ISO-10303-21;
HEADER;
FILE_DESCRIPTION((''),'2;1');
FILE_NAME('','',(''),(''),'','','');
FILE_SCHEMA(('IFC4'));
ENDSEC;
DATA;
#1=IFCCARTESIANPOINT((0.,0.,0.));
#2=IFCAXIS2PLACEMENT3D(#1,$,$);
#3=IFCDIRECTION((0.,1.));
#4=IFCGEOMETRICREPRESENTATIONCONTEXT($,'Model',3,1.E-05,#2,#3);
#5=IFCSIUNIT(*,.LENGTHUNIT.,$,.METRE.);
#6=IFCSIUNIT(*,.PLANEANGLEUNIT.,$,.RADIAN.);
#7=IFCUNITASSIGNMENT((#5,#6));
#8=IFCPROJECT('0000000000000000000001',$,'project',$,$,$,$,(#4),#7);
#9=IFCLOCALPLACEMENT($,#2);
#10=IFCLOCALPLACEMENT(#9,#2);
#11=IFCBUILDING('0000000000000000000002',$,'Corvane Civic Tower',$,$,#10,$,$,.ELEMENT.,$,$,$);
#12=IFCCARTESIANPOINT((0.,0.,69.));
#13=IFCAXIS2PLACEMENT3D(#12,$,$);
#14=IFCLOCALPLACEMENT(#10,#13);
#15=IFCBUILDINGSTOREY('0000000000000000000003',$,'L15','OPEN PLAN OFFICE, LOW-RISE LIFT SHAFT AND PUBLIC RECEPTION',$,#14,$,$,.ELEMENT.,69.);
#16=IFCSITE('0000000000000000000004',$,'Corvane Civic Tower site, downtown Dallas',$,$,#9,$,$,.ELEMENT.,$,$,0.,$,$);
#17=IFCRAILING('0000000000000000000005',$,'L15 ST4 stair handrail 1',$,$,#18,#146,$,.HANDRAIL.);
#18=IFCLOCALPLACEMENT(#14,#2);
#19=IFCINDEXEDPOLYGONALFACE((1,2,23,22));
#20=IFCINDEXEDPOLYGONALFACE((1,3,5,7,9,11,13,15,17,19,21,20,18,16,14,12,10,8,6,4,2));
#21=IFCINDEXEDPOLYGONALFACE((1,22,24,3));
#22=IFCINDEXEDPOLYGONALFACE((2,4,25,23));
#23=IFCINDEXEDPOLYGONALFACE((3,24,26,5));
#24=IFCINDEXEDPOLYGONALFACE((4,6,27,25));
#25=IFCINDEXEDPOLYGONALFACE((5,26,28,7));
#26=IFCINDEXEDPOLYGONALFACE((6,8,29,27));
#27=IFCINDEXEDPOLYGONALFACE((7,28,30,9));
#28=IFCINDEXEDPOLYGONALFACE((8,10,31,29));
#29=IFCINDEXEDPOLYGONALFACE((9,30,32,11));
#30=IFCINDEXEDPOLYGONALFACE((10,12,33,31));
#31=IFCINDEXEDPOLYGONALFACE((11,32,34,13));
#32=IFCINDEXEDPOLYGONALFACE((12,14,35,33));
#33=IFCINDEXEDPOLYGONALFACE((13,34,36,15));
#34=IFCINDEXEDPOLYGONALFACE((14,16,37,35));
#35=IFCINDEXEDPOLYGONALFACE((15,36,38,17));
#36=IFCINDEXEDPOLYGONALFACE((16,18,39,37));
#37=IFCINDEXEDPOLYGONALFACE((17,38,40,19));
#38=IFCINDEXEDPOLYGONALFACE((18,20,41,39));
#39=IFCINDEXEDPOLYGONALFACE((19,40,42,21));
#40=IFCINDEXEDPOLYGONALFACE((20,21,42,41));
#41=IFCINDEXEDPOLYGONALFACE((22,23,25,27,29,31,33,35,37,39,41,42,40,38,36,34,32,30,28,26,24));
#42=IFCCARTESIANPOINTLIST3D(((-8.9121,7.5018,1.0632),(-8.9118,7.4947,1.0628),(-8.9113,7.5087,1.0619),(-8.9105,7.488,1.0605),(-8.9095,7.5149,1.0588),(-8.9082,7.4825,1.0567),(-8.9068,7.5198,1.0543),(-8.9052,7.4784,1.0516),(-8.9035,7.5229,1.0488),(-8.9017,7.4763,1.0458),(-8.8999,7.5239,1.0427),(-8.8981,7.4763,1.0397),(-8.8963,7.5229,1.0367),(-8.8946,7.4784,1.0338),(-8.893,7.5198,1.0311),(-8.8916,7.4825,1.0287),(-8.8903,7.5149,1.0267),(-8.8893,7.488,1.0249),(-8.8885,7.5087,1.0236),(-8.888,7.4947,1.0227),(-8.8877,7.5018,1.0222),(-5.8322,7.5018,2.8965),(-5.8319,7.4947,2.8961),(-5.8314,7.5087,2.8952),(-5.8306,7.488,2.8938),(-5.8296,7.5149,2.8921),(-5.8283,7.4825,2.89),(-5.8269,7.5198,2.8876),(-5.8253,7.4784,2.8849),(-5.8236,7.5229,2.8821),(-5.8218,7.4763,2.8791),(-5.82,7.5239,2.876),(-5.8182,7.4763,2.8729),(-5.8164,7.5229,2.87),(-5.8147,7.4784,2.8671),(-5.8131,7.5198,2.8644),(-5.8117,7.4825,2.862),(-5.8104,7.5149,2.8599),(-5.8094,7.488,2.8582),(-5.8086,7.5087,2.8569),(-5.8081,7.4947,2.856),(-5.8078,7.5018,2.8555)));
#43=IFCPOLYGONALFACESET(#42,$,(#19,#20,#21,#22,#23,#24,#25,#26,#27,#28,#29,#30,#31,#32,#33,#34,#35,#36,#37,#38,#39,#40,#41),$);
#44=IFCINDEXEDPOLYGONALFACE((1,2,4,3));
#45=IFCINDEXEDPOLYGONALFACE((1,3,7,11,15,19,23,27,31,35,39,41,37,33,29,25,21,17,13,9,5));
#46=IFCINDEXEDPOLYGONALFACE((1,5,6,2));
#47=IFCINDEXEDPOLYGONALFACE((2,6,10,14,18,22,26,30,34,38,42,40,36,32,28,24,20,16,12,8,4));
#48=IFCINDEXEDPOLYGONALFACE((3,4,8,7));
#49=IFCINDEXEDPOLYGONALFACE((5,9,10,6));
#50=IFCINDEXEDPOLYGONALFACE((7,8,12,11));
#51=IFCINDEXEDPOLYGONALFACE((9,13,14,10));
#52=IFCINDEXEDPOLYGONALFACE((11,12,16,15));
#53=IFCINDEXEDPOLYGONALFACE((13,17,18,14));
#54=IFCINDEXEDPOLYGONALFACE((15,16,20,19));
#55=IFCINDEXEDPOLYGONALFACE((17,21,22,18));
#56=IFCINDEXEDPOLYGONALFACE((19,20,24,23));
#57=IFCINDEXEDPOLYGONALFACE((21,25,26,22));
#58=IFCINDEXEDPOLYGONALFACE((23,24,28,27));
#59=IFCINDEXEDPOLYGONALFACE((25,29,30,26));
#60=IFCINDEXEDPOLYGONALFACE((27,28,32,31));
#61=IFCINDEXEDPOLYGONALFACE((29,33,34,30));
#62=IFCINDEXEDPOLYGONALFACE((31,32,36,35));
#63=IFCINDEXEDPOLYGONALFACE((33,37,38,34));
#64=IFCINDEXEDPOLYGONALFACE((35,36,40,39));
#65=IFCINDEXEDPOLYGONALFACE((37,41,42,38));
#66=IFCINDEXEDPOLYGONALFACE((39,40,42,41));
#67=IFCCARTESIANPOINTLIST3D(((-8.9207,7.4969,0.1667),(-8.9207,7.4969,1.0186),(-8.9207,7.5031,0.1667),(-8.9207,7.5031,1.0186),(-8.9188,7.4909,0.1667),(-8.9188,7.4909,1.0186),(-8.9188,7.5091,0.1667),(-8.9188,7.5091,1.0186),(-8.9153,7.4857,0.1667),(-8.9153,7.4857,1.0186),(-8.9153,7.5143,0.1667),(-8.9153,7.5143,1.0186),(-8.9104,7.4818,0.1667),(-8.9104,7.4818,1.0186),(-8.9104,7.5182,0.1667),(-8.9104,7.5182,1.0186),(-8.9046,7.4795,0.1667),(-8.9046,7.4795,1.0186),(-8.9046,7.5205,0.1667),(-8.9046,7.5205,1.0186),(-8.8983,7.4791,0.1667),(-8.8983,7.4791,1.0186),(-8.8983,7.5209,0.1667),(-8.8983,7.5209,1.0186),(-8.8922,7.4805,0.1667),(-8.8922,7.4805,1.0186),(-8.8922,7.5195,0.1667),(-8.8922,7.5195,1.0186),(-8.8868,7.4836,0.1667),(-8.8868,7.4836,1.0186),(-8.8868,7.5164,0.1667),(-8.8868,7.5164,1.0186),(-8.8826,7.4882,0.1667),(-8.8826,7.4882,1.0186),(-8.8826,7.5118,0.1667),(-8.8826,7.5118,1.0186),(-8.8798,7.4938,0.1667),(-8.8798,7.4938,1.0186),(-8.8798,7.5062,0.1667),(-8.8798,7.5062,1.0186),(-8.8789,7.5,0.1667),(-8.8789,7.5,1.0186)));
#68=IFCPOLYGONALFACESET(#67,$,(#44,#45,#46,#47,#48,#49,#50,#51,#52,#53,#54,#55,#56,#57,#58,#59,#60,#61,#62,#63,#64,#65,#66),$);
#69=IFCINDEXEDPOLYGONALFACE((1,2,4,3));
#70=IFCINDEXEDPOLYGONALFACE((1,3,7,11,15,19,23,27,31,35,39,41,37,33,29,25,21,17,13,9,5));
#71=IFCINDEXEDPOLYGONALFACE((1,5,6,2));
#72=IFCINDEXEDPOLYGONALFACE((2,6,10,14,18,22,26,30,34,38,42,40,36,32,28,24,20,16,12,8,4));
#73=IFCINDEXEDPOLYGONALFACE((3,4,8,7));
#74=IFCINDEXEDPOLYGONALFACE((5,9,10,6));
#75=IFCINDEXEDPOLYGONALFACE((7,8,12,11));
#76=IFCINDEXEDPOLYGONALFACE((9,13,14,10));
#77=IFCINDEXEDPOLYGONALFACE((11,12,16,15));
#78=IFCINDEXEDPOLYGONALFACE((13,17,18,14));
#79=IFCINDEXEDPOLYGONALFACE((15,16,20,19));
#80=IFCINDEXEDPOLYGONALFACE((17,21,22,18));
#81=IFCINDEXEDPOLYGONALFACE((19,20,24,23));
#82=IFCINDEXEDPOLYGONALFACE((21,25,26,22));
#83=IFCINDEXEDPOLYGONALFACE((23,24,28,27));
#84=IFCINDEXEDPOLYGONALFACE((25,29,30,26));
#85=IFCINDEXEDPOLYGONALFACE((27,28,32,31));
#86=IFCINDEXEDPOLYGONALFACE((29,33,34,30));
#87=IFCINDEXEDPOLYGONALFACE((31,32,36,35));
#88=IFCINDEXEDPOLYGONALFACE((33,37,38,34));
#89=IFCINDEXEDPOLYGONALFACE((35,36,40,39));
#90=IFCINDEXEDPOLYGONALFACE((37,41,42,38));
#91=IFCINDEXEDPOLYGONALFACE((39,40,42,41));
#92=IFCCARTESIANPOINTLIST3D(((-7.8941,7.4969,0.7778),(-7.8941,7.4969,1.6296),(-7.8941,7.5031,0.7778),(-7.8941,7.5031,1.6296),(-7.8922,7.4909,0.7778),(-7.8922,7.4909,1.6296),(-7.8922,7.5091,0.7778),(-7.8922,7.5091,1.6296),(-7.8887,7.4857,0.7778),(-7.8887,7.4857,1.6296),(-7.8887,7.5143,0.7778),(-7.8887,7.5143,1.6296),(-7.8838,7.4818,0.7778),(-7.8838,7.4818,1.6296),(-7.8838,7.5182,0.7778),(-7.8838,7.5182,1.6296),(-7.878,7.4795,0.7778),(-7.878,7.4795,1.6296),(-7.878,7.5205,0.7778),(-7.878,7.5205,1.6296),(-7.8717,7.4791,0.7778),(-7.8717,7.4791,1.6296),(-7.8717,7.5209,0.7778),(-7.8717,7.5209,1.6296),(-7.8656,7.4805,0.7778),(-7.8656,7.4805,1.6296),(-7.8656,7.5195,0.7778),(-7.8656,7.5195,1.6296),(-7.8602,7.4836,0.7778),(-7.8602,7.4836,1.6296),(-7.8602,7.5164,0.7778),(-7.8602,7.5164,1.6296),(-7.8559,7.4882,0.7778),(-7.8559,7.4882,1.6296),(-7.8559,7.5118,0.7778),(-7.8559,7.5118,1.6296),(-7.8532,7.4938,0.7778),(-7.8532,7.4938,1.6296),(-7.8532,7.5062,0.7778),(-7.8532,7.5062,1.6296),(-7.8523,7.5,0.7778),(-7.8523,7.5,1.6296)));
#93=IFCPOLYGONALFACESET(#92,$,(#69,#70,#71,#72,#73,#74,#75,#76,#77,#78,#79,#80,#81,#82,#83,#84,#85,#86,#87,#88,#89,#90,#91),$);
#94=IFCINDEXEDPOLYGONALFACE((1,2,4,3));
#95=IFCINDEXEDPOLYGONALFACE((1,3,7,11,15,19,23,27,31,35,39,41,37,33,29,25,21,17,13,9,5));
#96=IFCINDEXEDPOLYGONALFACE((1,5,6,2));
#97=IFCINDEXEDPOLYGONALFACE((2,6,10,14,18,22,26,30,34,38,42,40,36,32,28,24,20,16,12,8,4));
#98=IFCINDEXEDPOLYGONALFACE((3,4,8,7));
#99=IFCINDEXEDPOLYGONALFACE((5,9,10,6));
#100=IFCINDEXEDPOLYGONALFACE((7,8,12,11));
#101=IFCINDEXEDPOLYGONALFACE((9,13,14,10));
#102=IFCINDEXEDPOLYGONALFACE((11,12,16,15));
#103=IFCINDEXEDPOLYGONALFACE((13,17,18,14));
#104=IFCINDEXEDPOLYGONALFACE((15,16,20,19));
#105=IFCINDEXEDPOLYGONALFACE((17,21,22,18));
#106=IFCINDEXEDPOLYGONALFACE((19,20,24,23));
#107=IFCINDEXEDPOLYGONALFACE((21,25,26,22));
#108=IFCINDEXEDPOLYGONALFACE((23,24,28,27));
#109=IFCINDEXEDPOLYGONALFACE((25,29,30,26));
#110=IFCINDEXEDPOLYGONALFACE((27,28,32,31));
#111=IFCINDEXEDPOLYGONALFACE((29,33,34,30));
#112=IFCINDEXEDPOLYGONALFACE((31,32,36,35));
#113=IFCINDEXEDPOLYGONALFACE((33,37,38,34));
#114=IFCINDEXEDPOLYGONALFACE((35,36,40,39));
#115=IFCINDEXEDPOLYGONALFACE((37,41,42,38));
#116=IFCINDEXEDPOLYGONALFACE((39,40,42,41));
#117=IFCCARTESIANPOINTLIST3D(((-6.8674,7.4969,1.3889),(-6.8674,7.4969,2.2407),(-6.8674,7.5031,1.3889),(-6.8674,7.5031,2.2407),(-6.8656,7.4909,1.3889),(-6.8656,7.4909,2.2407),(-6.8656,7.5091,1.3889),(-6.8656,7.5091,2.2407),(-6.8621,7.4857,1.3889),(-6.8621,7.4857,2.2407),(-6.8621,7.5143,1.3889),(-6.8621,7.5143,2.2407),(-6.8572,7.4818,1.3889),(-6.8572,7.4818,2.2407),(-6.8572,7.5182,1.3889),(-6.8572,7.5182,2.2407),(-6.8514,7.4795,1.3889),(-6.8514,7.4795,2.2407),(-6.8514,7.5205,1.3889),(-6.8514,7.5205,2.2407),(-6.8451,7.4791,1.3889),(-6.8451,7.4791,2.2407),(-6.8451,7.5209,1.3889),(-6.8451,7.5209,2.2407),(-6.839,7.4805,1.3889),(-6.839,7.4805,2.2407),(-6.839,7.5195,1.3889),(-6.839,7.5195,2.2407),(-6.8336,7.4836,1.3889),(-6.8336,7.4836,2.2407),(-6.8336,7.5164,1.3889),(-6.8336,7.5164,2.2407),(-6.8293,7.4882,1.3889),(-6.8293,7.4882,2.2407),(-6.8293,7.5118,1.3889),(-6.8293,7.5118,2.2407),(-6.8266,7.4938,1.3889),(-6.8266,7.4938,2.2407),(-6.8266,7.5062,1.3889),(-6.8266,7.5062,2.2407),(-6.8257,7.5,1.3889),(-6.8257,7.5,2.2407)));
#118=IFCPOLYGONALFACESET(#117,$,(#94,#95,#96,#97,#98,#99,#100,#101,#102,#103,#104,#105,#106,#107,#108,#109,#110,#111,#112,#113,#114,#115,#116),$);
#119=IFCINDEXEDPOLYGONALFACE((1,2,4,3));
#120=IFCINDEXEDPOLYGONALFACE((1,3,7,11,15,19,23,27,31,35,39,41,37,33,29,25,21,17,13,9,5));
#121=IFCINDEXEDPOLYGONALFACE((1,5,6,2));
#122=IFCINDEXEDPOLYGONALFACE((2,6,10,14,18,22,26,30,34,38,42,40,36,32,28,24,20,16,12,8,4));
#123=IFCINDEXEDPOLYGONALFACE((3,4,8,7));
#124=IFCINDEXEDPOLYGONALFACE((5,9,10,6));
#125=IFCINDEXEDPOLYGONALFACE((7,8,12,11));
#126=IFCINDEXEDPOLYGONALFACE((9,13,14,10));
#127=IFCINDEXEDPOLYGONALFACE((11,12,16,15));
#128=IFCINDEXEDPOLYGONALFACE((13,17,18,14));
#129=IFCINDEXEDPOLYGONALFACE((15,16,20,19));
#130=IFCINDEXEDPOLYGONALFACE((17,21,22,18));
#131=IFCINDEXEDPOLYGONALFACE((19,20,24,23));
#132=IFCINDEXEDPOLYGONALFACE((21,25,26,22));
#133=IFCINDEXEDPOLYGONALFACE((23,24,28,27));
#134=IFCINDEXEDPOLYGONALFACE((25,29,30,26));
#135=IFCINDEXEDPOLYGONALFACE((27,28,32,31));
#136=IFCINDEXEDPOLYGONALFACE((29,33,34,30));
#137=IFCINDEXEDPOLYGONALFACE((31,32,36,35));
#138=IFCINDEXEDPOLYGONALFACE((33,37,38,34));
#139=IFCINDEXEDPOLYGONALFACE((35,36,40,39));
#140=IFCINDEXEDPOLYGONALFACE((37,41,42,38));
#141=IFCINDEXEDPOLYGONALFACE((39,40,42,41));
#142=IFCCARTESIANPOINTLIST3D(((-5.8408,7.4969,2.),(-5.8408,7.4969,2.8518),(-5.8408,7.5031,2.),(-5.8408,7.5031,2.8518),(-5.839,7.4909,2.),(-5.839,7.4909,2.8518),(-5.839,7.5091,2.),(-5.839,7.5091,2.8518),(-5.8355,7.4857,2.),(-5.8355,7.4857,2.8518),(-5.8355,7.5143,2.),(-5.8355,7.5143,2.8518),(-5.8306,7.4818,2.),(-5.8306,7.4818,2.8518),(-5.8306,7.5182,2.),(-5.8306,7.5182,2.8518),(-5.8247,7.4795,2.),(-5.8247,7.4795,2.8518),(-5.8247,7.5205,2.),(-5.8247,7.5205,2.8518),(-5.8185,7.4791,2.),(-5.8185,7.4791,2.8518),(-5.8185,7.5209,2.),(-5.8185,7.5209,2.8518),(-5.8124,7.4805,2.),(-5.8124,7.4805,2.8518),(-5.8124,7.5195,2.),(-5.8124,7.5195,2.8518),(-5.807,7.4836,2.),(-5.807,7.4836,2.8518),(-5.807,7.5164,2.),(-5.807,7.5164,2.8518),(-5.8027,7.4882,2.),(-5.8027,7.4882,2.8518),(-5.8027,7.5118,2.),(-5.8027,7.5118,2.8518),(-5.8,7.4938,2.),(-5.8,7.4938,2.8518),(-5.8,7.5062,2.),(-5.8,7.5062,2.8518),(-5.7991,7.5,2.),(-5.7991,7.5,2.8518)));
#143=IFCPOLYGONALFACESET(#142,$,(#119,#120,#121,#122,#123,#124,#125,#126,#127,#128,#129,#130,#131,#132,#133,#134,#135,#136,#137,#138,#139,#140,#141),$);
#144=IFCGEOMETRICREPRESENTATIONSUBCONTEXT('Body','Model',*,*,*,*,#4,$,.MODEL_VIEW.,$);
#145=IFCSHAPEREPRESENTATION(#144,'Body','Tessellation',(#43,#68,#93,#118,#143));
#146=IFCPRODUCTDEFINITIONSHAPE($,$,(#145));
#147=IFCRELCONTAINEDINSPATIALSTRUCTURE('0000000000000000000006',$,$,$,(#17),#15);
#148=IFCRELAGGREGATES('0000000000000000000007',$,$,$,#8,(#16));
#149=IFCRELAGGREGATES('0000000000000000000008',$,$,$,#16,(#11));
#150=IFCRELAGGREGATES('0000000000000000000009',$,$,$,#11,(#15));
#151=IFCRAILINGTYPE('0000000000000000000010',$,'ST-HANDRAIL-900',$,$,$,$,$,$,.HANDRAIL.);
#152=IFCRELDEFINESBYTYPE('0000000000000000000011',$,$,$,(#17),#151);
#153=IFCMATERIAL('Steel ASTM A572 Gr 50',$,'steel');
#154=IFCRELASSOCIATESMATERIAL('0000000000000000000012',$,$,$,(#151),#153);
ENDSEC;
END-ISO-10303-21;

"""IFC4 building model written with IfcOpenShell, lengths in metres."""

from ifc_helpers import new_model, si_unit, direction, frame, origin, origin_2d, place, context, subcontext, project, spatial, circle, extrude, material, type_object, element, save


model = new_model("IFC4")

# Units and contexts
model_context = context("Model", 3, precision=1e-05, world=origin(), true_north=direction((0.0, 1.0)))
body_context = subcontext(model_context, "Body", "Model", "MODEL_VIEW")
ifc_project = project(units=[si_unit("LENGTHUNIT", "METRE"), si_unit("PLANEANGLEUNIT", "RADIAN")], contexts=[model_context])

# Site, building, storey
site_placement = place(None, origin())
site = spatial("IfcSite", under=ifc_project, at=site_placement, Name="Corvane Civic Tower site, downtown Dallas", CompositionType="ELEMENT", RefElevation=0.0)
building_placement = place(site_placement, origin())
building = spatial("IfcBuilding", under=site, at=building_placement, Name="Corvane Civic Tower", CompositionType="ELEMENT")
storey_placement = place(building_placement, frame((0.0, 0.0, 69.0)))
storey = spatial("IfcBuildingStorey", under=building, at=storey_placement, Name="L15", Description="OPEN PLAN OFFICE, LOW-RISE LIFT SHAFT AND PUBLIC RECEPTION", CompositionType="ELEMENT", Elevation=69.0)

# Railing
ifc_material_1 = material(Name="Steel ASTM A572 Gr 50", Category="steel")
railing_type = type_object("IfcRailingType", Name="ST-HANDRAIL-900", PredefinedType="HANDRAIL", material=ifc_material_1)
railing_1_placement = place(storey_placement, frame((-8.8999, 7.5, 0.1667)))
element("IfcRailing", 1, at=railing_1_placement, inside=storey, type_object=railing_type, Name="L15 ST4 stair handrail 1", PredefinedType="HANDRAIL", context=body_context, shape_type="SweptSolid", body=[
    extrude(circle(Radius=0.0239, at=origin_2d()), frame((0.0, 0.0, 0.876), z_axis=(0.859291, 0.0, 0.511487), x_axis=(0.0, 1.0, 0.0)), (0.0, 0.0, 1.0), 3.5842),
    extrude(circle(Radius=0.021, at=origin_2d()), origin(), (0.0, 0.0, 1.0), 0.8518),
    extrude(circle(Radius=0.021, at=origin_2d()), frame((1.0266, 0.0, 0.6111)), (0.0, 0.0, 1.0), 0.8518),
    extrude(circle(Radius=0.021, at=origin_2d()), frame((2.0532, 0.0, 1.2222)), (0.0, 0.0, 1.0), 0.8518),
    extrude(circle(Radius=0.021, at=origin_2d()), frame((3.0798, 0.0, 1.8333)), (0.0, 0.0, 1.0), 0.8518),
])

save(model, "model.ifc")
